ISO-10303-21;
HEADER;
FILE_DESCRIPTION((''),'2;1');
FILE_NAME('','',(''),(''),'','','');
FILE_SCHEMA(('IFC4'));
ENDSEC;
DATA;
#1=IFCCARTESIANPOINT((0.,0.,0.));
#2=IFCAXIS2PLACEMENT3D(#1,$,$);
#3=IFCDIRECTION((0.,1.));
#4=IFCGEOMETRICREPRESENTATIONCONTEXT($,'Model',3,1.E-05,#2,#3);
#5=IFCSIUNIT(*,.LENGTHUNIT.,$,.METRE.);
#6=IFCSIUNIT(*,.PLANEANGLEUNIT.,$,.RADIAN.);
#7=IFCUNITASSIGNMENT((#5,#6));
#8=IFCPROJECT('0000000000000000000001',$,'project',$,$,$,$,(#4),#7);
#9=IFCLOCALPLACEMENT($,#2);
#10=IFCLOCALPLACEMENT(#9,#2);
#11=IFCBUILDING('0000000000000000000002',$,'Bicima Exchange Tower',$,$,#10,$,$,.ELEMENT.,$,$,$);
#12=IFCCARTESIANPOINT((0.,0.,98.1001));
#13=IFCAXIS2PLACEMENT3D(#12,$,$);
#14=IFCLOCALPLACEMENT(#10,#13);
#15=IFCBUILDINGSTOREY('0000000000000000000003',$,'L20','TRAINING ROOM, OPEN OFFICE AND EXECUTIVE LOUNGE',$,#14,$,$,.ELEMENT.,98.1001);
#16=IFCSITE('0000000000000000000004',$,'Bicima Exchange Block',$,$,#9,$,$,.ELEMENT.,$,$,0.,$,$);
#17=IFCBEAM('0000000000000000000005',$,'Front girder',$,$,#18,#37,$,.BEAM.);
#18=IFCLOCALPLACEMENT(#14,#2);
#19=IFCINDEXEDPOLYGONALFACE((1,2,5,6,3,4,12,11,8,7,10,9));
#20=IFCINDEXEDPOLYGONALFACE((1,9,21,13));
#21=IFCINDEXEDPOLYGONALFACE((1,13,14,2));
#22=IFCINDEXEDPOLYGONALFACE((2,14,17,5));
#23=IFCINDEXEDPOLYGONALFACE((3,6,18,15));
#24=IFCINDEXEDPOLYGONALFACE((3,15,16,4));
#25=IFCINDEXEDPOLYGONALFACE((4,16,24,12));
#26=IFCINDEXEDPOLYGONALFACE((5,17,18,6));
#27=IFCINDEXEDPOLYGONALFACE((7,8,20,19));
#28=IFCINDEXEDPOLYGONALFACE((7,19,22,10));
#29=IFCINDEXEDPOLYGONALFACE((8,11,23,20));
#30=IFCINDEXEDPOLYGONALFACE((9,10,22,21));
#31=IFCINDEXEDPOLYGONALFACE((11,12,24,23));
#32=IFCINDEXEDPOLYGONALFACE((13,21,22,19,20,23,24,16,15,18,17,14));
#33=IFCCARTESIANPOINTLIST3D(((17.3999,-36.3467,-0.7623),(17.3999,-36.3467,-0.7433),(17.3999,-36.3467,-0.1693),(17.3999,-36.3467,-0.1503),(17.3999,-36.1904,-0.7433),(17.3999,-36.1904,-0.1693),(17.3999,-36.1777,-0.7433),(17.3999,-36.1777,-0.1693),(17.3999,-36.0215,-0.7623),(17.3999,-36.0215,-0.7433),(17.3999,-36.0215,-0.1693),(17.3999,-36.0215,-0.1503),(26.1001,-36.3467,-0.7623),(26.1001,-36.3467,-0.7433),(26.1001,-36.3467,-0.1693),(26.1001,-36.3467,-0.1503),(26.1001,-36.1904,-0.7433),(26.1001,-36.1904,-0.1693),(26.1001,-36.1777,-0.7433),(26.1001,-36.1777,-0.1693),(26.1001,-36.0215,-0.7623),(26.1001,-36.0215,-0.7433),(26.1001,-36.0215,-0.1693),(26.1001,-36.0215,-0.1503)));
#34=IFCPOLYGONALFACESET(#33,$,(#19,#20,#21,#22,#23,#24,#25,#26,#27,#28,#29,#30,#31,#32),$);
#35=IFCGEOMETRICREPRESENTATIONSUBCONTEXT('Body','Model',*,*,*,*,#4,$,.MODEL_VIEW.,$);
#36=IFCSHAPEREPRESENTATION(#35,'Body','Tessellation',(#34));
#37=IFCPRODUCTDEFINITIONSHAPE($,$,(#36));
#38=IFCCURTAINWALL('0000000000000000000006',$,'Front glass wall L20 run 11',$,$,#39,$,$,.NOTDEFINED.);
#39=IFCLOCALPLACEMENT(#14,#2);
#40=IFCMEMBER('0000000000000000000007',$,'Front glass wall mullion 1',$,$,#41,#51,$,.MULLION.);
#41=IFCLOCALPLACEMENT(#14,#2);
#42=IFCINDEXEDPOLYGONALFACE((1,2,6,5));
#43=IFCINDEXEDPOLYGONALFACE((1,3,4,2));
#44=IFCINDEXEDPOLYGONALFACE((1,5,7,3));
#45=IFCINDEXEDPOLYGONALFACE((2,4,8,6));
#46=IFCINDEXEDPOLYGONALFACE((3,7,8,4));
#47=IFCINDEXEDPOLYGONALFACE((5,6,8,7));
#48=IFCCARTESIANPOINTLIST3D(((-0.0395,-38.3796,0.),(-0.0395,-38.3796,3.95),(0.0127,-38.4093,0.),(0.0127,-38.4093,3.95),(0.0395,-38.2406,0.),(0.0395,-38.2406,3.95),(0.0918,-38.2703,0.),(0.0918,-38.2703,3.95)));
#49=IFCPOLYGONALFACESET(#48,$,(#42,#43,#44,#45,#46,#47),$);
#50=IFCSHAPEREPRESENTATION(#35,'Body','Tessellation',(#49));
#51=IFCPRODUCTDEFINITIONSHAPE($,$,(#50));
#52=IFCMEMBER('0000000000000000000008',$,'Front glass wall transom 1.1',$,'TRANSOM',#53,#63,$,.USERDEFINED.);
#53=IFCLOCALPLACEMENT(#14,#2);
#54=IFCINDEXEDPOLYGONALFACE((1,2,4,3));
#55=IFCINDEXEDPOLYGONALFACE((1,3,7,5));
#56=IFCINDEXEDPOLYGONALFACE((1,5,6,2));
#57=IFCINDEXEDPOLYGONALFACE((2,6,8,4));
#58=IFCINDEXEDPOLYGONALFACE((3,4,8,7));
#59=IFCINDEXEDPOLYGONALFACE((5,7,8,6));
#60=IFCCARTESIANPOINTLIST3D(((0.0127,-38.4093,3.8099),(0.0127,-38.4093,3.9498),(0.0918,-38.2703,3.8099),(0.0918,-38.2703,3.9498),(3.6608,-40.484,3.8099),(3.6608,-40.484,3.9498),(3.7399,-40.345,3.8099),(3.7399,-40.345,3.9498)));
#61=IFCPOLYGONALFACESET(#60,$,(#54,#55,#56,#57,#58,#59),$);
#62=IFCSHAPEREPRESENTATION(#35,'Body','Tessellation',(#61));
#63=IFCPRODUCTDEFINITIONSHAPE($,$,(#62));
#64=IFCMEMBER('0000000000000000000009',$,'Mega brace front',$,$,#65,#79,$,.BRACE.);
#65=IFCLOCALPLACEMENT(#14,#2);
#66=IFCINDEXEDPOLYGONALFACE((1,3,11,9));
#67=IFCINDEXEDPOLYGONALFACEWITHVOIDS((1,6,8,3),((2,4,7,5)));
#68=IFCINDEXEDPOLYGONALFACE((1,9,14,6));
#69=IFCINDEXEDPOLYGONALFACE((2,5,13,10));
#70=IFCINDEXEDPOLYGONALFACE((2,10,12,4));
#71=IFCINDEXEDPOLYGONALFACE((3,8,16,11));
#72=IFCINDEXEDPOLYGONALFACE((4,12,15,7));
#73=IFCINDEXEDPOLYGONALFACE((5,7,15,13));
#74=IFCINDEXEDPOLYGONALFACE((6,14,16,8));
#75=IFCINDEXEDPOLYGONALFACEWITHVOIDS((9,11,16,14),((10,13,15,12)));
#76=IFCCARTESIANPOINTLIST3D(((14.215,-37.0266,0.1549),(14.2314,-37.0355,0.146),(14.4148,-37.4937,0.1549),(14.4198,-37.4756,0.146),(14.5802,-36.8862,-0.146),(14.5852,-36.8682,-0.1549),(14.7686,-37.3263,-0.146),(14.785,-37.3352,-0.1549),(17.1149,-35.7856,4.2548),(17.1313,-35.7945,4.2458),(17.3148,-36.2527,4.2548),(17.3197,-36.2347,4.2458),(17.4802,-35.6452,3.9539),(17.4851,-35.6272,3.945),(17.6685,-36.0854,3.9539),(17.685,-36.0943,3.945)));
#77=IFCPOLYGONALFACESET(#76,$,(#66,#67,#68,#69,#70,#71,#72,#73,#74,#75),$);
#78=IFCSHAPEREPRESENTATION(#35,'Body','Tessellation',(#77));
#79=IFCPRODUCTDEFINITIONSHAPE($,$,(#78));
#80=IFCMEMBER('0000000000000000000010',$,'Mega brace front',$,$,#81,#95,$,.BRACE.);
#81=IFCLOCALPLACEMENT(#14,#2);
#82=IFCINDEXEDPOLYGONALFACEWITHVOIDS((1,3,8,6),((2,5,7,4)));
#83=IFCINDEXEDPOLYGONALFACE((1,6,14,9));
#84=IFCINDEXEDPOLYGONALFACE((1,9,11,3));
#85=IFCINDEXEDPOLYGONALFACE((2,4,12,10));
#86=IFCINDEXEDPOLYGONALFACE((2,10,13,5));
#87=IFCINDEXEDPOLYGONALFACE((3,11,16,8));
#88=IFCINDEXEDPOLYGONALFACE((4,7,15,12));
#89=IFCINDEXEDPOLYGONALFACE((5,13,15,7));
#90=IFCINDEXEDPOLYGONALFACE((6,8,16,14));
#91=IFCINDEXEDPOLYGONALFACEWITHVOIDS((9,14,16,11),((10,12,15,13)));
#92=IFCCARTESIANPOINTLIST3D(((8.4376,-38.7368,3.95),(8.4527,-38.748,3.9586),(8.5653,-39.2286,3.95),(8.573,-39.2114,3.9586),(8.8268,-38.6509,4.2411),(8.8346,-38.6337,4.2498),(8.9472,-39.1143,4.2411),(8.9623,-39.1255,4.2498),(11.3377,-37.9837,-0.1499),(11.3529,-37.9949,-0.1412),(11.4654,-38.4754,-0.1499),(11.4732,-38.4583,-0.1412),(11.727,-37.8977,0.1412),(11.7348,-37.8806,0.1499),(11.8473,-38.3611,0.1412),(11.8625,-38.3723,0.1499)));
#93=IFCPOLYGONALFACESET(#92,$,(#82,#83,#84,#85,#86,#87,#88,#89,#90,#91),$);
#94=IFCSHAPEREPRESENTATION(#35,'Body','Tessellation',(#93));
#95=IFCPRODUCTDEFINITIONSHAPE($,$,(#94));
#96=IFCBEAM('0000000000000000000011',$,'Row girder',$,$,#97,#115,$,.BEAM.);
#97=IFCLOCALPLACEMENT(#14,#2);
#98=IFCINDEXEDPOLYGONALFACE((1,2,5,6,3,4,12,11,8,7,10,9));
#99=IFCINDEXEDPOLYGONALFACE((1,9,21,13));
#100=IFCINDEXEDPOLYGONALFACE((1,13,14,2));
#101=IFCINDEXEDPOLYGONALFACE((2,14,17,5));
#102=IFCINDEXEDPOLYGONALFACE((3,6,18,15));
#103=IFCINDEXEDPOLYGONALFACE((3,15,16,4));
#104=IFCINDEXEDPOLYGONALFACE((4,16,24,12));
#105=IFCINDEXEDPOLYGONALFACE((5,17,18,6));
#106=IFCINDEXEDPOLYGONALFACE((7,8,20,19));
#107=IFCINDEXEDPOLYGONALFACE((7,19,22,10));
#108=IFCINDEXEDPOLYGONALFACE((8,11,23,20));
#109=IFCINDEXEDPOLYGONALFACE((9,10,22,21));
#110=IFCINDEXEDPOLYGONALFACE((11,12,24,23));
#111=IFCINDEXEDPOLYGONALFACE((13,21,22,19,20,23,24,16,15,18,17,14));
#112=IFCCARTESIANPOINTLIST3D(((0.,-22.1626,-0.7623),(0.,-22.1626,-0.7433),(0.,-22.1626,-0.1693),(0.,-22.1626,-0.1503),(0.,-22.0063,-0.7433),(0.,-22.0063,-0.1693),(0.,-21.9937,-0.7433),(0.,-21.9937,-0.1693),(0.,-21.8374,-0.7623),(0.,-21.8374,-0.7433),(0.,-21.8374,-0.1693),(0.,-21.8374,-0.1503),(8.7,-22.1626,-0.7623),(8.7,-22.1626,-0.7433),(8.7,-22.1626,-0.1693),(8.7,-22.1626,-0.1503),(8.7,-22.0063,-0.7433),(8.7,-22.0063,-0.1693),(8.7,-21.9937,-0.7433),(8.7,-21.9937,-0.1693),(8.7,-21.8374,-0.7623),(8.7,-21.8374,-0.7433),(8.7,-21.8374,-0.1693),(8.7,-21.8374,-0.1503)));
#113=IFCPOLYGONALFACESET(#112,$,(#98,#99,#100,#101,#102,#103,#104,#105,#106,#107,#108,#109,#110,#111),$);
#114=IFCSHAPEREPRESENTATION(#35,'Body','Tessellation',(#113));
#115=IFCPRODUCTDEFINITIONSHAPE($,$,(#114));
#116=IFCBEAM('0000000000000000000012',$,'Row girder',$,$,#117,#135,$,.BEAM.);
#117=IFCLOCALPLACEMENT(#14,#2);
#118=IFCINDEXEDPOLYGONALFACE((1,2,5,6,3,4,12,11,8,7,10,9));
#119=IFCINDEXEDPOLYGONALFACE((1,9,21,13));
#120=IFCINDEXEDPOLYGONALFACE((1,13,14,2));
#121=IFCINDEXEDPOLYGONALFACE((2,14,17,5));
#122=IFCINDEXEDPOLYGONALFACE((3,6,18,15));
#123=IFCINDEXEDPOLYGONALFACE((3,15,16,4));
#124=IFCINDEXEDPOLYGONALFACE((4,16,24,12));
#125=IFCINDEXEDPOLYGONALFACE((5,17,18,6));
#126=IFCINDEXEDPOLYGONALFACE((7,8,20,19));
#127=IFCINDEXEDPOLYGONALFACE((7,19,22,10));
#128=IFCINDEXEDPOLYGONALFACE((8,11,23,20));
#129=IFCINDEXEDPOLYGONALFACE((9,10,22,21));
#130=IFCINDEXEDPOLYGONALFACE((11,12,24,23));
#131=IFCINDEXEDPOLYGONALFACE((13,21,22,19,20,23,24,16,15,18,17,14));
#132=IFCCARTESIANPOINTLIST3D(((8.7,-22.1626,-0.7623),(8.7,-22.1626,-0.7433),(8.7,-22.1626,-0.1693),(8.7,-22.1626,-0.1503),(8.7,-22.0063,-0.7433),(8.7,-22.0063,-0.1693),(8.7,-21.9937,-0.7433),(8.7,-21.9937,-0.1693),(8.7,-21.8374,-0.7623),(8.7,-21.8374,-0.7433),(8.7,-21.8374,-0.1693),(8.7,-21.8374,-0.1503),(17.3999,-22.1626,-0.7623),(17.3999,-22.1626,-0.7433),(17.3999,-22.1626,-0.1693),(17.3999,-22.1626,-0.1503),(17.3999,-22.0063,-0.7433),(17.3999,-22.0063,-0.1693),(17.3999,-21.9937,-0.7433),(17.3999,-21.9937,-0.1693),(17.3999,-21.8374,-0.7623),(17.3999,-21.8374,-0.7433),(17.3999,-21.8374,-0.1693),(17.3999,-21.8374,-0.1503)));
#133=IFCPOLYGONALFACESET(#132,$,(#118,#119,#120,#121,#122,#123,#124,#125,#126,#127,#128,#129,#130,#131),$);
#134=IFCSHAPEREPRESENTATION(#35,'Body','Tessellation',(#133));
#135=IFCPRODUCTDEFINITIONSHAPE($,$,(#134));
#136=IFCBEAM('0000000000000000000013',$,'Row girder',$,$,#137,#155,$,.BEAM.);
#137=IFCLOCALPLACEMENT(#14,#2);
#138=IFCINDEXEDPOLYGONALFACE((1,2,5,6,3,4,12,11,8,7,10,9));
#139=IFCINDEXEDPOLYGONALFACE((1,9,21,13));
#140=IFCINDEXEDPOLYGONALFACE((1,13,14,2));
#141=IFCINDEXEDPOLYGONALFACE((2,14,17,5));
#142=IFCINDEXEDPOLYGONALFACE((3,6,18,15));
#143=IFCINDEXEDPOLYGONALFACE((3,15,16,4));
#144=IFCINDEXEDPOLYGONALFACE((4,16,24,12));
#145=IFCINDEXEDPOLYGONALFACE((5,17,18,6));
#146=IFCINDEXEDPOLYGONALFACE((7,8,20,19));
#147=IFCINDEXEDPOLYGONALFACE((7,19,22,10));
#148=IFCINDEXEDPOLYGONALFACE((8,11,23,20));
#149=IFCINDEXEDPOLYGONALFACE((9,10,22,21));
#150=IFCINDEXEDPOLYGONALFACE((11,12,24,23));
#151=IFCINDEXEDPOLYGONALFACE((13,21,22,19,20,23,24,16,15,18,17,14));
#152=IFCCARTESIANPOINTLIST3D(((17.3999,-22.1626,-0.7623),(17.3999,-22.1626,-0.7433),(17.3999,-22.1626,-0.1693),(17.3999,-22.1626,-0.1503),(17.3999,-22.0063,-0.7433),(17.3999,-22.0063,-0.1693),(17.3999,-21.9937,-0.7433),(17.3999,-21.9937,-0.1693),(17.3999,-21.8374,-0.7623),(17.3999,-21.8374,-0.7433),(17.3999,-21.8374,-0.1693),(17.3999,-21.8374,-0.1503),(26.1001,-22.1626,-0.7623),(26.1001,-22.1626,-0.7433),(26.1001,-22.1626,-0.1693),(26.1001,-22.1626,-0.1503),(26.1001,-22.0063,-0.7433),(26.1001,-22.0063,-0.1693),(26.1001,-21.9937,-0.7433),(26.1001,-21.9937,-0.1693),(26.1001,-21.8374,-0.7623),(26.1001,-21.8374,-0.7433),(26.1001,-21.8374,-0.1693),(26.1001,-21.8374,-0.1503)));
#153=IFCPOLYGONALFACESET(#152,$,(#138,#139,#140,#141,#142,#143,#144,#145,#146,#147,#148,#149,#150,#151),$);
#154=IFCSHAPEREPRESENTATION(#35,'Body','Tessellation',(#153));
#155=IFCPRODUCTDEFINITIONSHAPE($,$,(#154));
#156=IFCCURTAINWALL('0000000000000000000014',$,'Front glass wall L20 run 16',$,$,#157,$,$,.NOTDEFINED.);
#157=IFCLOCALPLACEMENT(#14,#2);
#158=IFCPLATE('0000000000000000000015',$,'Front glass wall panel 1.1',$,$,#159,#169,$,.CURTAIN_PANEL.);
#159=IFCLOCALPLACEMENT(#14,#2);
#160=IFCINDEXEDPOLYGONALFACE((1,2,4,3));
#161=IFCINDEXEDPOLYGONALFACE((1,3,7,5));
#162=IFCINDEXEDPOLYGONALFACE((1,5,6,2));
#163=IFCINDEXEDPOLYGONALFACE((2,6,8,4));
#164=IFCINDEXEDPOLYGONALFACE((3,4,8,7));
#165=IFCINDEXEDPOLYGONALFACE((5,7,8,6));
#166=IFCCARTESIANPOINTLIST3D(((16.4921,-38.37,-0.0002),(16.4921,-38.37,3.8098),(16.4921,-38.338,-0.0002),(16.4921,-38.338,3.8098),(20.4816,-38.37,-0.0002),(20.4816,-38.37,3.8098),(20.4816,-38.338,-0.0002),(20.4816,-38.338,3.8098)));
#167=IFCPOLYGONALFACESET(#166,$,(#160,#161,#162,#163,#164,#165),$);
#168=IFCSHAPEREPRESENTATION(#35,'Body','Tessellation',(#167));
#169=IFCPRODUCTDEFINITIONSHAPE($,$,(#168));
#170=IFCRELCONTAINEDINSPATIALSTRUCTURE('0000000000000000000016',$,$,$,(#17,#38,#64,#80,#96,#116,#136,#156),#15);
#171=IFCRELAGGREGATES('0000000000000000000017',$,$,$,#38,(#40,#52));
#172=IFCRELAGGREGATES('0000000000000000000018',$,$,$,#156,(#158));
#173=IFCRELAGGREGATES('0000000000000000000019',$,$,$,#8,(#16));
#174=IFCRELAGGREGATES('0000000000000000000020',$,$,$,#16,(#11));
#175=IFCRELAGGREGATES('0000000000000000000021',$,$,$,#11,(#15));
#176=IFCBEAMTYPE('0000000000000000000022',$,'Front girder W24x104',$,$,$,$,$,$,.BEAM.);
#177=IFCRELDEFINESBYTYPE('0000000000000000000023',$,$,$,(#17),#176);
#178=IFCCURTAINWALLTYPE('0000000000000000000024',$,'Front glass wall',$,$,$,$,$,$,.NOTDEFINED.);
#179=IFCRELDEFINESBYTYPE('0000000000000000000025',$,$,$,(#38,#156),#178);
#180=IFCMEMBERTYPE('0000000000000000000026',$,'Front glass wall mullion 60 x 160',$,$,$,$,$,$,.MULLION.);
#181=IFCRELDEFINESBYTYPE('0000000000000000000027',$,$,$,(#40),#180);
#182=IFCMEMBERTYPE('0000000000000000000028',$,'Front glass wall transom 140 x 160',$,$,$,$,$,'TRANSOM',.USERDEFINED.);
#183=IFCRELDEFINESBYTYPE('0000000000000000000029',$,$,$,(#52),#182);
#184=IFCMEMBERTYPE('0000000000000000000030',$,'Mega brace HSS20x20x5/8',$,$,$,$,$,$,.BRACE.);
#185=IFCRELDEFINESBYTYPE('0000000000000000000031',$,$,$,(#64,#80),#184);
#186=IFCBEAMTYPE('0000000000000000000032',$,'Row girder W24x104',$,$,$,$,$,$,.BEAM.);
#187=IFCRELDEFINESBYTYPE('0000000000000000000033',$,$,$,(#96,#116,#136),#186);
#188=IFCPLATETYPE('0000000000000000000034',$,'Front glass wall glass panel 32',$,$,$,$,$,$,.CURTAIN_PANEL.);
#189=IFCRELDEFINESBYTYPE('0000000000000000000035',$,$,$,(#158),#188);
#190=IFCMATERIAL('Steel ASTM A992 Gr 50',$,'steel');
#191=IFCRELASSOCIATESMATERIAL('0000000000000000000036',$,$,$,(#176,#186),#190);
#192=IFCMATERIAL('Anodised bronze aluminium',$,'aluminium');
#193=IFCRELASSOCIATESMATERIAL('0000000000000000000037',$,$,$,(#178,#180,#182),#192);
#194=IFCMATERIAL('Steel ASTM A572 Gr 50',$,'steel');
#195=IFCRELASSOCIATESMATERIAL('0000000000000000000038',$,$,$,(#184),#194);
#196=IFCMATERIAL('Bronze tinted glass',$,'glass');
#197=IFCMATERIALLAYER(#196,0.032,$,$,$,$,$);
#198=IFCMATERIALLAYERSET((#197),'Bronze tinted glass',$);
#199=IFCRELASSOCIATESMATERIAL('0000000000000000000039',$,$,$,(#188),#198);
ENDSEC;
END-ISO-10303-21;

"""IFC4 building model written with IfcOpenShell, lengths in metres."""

from ifc_helpers import new_model, si_unit, direction, frame, origin, origin_2d, place, context, subcontext, project, spatial, rectangle, hollow_rectangle, i_section, extrude, material, layer, layer_set, material_profile, profile_set, type_object, element, aggregate, save


model = new_model("IFC4")

# Units and contexts
model_context = context("Model", 3, precision=1e-05, world=origin(), true_north=direction((0.0, 1.0)))
body_context = subcontext(model_context, "Body", "Model", "MODEL_VIEW")
ifc_project = project(units=[si_unit("LENGTHUNIT", "METRE"), si_unit("PLANEANGLEUNIT", "RADIAN")], contexts=[model_context])

# Site, building, storey
site_placement = place(None, origin())
site = spatial("IfcSite", under=ifc_project, at=site_placement, Name="Bicima Exchange Block", CompositionType="ELEMENT", RefElevation=0.0)
building_placement = place(site_placement, origin())
building = spatial("IfcBuilding", under=site, at=building_placement, Name="Bicima Exchange Tower", CompositionType="ELEMENT")
storey_placement = place(building_placement, frame((0.0, 0.0, 98.1001)))
storey = spatial("IfcBuildingStorey", under=building, at=storey_placement, Name="L20", Description="TRAINING ROOM, OPEN OFFICE AND EXECUTIVE LOUNGE", CompositionType="ELEMENT", Elevation=98.1001)

# Shared definitions
ifc_material_1 = material(Name="Steel ASTM A992 Gr 50", Category="steel")

# Beam
ifc_material_profile_1 = material_profile(ifc_material_1, i_section(OverallWidth=0.3252, OverallDepth=0.6121, WebThickness=0.0127, FlangeThickness=0.019, at=origin_2d()))
ifc_profile_set_1 = profile_set([ifc_material_profile_1], Name="Steel ASTM A992 Gr 50")
beam_type_1 = type_object("IfcBeamType", Name="Front girder W24x104", PredefinedType="BEAM", material=ifc_profile_set_1)
beam_1_placement = place(storey_placement, frame((17.3999, -36.1841, -0.4563), z_axis=(1.0, 0.0, 0.0), x_axis=(0.0, 1.0, 0.0)))
element("IfcBeam", 1, at=beam_1_placement, inside=storey, type_object=beam_type_1, Name="Front girder", PredefinedType="BEAM", context=body_context, shape_type="SweptSolid", body=[
    extrude(i_section(OverallWidth=0.3252, OverallDepth=0.6121, WebThickness=0.0127, FlangeThickness=0.019, at=origin_2d()), origin(), (0.0, 0.0, 1.0), 8.7002),
])

# Curtain wall, members
ifc_material_2 = material(Name="Anodised bronze aluminium", Category="aluminium")
curtain_wall_type = type_object("IfcCurtainWallType", Name="Front glass wall", PredefinedType="NOTDEFINED", material=ifc_material_2)
curtain_wall_1_placement = place(storey_placement, origin())
curtain_wall_1 = element("IfcCurtainWall", 2, at=curtain_wall_1_placement, inside=storey, type_object=curtain_wall_type, Name="Front glass wall L20 run 11", PredefinedType="NOTDEFINED")
ifc_material_profile_2 = material_profile(ifc_material_2, rectangle(XDim=0.1599, YDim=0.0601, at=origin_2d()))
ifc_profile_set_2 = profile_set([ifc_material_profile_2], Name="Anodised bronze aluminium")
member_type_1 = type_object("IfcMemberType", Name="Front glass wall mullion 60 x 160", PredefinedType="MULLION", material=ifc_profile_set_2)
member_1_placement = place(storey_placement, frame((0.0261, -38.325, 0.0), z_axis=(0.0, 0.0, 1.0), x_axis=(0.49433, 0.869274, 0.0)))
member_1 = element("IfcMember", 3, at=member_1_placement, type_object=member_type_1, Name="Front glass wall mullion 1", PredefinedType="MULLION", context=body_context, shape_type="SweptSolid", body=[
    extrude(rectangle(XDim=0.1599, YDim=0.0601, at=origin_2d()), origin(), (0.0, 0.0, 1.0), 3.95),
])
ifc_material_profile_3 = material_profile(ifc_material_2, rectangle(XDim=0.1599, YDim=0.1399, at=origin_2d()))
ifc_profile_set_3 = profile_set([ifc_material_profile_3], Name="Anodised bronze aluminium")
member_type_2 = type_object("IfcMemberType", Name="Front glass wall transom 140 x 160", ElementType="TRANSOM", PredefinedType="USERDEFINED", material=ifc_profile_set_3)
member_2_placement = place(storey_placement, frame((0.0522, -38.3398, 3.8799), z_axis=(0.869265, -0.494346, 0.0), x_axis=(0.494346, 0.869265, 0.0)))
member_2 = element("IfcMember", 4, at=member_2_placement, type_object=member_type_2, Name="Front glass wall transom 1.1", ObjectType="TRANSOM", PredefinedType="USERDEFINED", context=body_context, shape_type="SweptSolid", body=[
    extrude(rectangle(XDim=0.1599, YDim=0.1399, at=origin_2d()), origin(), (0.0, 0.0, 1.0), 4.1968),
])
aggregate(curtain_wall_1, [member_1, member_2])

# Members
ifc_material_3 = material(Name="Steel ASTM A572 Gr 50", Category="steel")
ifc_material_profile_4 = material_profile(ifc_material_3, hollow_rectangle(XDim=0.5081, YDim=0.5081, WallThickness=0.0146, at=origin_2d()))
ifc_profile_set_4 = profile_set([ifc_material_profile_4], Name="Steel ASTM A572 Gr 50")
member_type_3 = type_object("IfcMemberType", Name="Mega brace HSS20x20x5/8", PredefinedType="BRACE", material=ifc_profile_set_4)
member_3_placement = place(storey_placement, frame((14.5, -37.1809, 0.0), z_axis=(0.560602, 0.239901, 0.792574), x_axis=(-0.393424, 0.919357, 0.0)))
element("IfcMember", 5, at=member_3_placement, inside=storey, type_object=member_type_3, Name="Mega brace front", PredefinedType="BRACE", context=body_context, shape_type="SweptSolid", body=[
    extrude(hollow_rectangle(XDim=0.5081, YDim=0.5081, WallThickness=0.0146, at=origin_2d()), origin(), (0.0, 0.0, 1.0), 5.1729),
])
member_4_placement = place(storey_placement, frame((11.6001, -38.178, 0.0), z_axis=(-0.571111, -0.148319, 0.807363), x_axis=(0.251364, -0.967893, 0.0)))
element("IfcMember", 6, at=member_4_placement, inside=storey, type_object=member_type_3, Name="Mega brace front", PredefinedType="BRACE", context=body_context, shape_type="SweptSolid", body=[
    extrude(hollow_rectangle(XDim=0.5081, YDim=0.5081, WallThickness=0.0146, at=origin_2d()), origin(), (0.0, 0.0, 1.0), 5.0781),
])

# Beams
beam_type_2 = type_object("IfcBeamType", Name="Row girder W24x104", PredefinedType="BEAM", material=ifc_profile_set_1)
for number, where, z_axis, x_axis, name in (
    (7, (0.0, -22.0, -0.4563), (1.0, 0.0, 0.0), (0.0, 1.0, 0.0), "Row girder"),
    (8, (8.7, -22.0, -0.4563), (1.0, 0.0, 0.0), (0.0, 1.0, 0.0), "Row girder"),
):
    element("IfcBeam", number, at=place(storey_placement, frame(where, z_axis=z_axis, x_axis=x_axis)), inside=storey, type_object=beam_type_2, Name=name, PredefinedType="BEAM", context=body_context, shape_type="SweptSolid", body=[
        extrude(i_section(OverallWidth=0.3252, OverallDepth=0.6121, WebThickness=0.0127, FlangeThickness=0.019, at=origin_2d()), origin(), (0.0, 0.0, 1.0), 8.7),
    ])
beam_2_placement = place(storey_placement, frame((17.3999, -22.0, -0.4563), z_axis=(1.0, 0.0, 0.0), x_axis=(0.0, 1.0, 0.0)))
element("IfcBeam", 9, at=beam_2_placement, inside=storey, type_object=beam_type_2, Name="Row girder", PredefinedType="BEAM", context=body_context, shape_type="SweptSolid", body=[
    extrude(i_section(OverallWidth=0.3252, OverallDepth=0.6121, WebThickness=0.0127, FlangeThickness=0.019, at=origin_2d()), origin(), (0.0, 0.0, 1.0), 8.7002),
])

# Curtain wall, plate
curtain_wall_2_placement = place(storey_placement, origin())
curtain_wall_2 = element("IfcCurtainWall", 10, at=curtain_wall_2_placement, inside=storey, type_object=curtain_wall_type, Name="Front glass wall L20 run 16", PredefinedType="NOTDEFINED")
ifc_material_4 = material(Name="Bronze tinted glass", Category="glass")
ifc_layer_1 = layer(ifc_material_4, 0.032)
ifc_layer_set_1 = layer_set([ifc_layer_1], Name="Bronze tinted glass")
plate_type = type_object("IfcPlateType", Name="Front glass wall glass panel 32", PredefinedType="CURTAIN_PANEL", material=ifc_layer_set_1)
plate_placement = place(storey_placement, frame((18.4868, -38.354, -0.0002), z_axis=(0.0, 0.0, 1.0), x_axis=(1.0, 0.0, 0.0)))
plate = element("IfcPlate", 11, at=plate_placement, type_object=plate_type, Name="Front glass wall panel 1.1", PredefinedType="CURTAIN_PANEL", context=body_context, shape_type="SweptSolid", body=[
    extrude(rectangle(XDim=3.9895, YDim=0.032, at=origin_2d()), origin(), (0.0, 0.0, 1.0), 3.8101),
])
aggregate(curtain_wall_2, [plate])

save(model, "model.ifc")
